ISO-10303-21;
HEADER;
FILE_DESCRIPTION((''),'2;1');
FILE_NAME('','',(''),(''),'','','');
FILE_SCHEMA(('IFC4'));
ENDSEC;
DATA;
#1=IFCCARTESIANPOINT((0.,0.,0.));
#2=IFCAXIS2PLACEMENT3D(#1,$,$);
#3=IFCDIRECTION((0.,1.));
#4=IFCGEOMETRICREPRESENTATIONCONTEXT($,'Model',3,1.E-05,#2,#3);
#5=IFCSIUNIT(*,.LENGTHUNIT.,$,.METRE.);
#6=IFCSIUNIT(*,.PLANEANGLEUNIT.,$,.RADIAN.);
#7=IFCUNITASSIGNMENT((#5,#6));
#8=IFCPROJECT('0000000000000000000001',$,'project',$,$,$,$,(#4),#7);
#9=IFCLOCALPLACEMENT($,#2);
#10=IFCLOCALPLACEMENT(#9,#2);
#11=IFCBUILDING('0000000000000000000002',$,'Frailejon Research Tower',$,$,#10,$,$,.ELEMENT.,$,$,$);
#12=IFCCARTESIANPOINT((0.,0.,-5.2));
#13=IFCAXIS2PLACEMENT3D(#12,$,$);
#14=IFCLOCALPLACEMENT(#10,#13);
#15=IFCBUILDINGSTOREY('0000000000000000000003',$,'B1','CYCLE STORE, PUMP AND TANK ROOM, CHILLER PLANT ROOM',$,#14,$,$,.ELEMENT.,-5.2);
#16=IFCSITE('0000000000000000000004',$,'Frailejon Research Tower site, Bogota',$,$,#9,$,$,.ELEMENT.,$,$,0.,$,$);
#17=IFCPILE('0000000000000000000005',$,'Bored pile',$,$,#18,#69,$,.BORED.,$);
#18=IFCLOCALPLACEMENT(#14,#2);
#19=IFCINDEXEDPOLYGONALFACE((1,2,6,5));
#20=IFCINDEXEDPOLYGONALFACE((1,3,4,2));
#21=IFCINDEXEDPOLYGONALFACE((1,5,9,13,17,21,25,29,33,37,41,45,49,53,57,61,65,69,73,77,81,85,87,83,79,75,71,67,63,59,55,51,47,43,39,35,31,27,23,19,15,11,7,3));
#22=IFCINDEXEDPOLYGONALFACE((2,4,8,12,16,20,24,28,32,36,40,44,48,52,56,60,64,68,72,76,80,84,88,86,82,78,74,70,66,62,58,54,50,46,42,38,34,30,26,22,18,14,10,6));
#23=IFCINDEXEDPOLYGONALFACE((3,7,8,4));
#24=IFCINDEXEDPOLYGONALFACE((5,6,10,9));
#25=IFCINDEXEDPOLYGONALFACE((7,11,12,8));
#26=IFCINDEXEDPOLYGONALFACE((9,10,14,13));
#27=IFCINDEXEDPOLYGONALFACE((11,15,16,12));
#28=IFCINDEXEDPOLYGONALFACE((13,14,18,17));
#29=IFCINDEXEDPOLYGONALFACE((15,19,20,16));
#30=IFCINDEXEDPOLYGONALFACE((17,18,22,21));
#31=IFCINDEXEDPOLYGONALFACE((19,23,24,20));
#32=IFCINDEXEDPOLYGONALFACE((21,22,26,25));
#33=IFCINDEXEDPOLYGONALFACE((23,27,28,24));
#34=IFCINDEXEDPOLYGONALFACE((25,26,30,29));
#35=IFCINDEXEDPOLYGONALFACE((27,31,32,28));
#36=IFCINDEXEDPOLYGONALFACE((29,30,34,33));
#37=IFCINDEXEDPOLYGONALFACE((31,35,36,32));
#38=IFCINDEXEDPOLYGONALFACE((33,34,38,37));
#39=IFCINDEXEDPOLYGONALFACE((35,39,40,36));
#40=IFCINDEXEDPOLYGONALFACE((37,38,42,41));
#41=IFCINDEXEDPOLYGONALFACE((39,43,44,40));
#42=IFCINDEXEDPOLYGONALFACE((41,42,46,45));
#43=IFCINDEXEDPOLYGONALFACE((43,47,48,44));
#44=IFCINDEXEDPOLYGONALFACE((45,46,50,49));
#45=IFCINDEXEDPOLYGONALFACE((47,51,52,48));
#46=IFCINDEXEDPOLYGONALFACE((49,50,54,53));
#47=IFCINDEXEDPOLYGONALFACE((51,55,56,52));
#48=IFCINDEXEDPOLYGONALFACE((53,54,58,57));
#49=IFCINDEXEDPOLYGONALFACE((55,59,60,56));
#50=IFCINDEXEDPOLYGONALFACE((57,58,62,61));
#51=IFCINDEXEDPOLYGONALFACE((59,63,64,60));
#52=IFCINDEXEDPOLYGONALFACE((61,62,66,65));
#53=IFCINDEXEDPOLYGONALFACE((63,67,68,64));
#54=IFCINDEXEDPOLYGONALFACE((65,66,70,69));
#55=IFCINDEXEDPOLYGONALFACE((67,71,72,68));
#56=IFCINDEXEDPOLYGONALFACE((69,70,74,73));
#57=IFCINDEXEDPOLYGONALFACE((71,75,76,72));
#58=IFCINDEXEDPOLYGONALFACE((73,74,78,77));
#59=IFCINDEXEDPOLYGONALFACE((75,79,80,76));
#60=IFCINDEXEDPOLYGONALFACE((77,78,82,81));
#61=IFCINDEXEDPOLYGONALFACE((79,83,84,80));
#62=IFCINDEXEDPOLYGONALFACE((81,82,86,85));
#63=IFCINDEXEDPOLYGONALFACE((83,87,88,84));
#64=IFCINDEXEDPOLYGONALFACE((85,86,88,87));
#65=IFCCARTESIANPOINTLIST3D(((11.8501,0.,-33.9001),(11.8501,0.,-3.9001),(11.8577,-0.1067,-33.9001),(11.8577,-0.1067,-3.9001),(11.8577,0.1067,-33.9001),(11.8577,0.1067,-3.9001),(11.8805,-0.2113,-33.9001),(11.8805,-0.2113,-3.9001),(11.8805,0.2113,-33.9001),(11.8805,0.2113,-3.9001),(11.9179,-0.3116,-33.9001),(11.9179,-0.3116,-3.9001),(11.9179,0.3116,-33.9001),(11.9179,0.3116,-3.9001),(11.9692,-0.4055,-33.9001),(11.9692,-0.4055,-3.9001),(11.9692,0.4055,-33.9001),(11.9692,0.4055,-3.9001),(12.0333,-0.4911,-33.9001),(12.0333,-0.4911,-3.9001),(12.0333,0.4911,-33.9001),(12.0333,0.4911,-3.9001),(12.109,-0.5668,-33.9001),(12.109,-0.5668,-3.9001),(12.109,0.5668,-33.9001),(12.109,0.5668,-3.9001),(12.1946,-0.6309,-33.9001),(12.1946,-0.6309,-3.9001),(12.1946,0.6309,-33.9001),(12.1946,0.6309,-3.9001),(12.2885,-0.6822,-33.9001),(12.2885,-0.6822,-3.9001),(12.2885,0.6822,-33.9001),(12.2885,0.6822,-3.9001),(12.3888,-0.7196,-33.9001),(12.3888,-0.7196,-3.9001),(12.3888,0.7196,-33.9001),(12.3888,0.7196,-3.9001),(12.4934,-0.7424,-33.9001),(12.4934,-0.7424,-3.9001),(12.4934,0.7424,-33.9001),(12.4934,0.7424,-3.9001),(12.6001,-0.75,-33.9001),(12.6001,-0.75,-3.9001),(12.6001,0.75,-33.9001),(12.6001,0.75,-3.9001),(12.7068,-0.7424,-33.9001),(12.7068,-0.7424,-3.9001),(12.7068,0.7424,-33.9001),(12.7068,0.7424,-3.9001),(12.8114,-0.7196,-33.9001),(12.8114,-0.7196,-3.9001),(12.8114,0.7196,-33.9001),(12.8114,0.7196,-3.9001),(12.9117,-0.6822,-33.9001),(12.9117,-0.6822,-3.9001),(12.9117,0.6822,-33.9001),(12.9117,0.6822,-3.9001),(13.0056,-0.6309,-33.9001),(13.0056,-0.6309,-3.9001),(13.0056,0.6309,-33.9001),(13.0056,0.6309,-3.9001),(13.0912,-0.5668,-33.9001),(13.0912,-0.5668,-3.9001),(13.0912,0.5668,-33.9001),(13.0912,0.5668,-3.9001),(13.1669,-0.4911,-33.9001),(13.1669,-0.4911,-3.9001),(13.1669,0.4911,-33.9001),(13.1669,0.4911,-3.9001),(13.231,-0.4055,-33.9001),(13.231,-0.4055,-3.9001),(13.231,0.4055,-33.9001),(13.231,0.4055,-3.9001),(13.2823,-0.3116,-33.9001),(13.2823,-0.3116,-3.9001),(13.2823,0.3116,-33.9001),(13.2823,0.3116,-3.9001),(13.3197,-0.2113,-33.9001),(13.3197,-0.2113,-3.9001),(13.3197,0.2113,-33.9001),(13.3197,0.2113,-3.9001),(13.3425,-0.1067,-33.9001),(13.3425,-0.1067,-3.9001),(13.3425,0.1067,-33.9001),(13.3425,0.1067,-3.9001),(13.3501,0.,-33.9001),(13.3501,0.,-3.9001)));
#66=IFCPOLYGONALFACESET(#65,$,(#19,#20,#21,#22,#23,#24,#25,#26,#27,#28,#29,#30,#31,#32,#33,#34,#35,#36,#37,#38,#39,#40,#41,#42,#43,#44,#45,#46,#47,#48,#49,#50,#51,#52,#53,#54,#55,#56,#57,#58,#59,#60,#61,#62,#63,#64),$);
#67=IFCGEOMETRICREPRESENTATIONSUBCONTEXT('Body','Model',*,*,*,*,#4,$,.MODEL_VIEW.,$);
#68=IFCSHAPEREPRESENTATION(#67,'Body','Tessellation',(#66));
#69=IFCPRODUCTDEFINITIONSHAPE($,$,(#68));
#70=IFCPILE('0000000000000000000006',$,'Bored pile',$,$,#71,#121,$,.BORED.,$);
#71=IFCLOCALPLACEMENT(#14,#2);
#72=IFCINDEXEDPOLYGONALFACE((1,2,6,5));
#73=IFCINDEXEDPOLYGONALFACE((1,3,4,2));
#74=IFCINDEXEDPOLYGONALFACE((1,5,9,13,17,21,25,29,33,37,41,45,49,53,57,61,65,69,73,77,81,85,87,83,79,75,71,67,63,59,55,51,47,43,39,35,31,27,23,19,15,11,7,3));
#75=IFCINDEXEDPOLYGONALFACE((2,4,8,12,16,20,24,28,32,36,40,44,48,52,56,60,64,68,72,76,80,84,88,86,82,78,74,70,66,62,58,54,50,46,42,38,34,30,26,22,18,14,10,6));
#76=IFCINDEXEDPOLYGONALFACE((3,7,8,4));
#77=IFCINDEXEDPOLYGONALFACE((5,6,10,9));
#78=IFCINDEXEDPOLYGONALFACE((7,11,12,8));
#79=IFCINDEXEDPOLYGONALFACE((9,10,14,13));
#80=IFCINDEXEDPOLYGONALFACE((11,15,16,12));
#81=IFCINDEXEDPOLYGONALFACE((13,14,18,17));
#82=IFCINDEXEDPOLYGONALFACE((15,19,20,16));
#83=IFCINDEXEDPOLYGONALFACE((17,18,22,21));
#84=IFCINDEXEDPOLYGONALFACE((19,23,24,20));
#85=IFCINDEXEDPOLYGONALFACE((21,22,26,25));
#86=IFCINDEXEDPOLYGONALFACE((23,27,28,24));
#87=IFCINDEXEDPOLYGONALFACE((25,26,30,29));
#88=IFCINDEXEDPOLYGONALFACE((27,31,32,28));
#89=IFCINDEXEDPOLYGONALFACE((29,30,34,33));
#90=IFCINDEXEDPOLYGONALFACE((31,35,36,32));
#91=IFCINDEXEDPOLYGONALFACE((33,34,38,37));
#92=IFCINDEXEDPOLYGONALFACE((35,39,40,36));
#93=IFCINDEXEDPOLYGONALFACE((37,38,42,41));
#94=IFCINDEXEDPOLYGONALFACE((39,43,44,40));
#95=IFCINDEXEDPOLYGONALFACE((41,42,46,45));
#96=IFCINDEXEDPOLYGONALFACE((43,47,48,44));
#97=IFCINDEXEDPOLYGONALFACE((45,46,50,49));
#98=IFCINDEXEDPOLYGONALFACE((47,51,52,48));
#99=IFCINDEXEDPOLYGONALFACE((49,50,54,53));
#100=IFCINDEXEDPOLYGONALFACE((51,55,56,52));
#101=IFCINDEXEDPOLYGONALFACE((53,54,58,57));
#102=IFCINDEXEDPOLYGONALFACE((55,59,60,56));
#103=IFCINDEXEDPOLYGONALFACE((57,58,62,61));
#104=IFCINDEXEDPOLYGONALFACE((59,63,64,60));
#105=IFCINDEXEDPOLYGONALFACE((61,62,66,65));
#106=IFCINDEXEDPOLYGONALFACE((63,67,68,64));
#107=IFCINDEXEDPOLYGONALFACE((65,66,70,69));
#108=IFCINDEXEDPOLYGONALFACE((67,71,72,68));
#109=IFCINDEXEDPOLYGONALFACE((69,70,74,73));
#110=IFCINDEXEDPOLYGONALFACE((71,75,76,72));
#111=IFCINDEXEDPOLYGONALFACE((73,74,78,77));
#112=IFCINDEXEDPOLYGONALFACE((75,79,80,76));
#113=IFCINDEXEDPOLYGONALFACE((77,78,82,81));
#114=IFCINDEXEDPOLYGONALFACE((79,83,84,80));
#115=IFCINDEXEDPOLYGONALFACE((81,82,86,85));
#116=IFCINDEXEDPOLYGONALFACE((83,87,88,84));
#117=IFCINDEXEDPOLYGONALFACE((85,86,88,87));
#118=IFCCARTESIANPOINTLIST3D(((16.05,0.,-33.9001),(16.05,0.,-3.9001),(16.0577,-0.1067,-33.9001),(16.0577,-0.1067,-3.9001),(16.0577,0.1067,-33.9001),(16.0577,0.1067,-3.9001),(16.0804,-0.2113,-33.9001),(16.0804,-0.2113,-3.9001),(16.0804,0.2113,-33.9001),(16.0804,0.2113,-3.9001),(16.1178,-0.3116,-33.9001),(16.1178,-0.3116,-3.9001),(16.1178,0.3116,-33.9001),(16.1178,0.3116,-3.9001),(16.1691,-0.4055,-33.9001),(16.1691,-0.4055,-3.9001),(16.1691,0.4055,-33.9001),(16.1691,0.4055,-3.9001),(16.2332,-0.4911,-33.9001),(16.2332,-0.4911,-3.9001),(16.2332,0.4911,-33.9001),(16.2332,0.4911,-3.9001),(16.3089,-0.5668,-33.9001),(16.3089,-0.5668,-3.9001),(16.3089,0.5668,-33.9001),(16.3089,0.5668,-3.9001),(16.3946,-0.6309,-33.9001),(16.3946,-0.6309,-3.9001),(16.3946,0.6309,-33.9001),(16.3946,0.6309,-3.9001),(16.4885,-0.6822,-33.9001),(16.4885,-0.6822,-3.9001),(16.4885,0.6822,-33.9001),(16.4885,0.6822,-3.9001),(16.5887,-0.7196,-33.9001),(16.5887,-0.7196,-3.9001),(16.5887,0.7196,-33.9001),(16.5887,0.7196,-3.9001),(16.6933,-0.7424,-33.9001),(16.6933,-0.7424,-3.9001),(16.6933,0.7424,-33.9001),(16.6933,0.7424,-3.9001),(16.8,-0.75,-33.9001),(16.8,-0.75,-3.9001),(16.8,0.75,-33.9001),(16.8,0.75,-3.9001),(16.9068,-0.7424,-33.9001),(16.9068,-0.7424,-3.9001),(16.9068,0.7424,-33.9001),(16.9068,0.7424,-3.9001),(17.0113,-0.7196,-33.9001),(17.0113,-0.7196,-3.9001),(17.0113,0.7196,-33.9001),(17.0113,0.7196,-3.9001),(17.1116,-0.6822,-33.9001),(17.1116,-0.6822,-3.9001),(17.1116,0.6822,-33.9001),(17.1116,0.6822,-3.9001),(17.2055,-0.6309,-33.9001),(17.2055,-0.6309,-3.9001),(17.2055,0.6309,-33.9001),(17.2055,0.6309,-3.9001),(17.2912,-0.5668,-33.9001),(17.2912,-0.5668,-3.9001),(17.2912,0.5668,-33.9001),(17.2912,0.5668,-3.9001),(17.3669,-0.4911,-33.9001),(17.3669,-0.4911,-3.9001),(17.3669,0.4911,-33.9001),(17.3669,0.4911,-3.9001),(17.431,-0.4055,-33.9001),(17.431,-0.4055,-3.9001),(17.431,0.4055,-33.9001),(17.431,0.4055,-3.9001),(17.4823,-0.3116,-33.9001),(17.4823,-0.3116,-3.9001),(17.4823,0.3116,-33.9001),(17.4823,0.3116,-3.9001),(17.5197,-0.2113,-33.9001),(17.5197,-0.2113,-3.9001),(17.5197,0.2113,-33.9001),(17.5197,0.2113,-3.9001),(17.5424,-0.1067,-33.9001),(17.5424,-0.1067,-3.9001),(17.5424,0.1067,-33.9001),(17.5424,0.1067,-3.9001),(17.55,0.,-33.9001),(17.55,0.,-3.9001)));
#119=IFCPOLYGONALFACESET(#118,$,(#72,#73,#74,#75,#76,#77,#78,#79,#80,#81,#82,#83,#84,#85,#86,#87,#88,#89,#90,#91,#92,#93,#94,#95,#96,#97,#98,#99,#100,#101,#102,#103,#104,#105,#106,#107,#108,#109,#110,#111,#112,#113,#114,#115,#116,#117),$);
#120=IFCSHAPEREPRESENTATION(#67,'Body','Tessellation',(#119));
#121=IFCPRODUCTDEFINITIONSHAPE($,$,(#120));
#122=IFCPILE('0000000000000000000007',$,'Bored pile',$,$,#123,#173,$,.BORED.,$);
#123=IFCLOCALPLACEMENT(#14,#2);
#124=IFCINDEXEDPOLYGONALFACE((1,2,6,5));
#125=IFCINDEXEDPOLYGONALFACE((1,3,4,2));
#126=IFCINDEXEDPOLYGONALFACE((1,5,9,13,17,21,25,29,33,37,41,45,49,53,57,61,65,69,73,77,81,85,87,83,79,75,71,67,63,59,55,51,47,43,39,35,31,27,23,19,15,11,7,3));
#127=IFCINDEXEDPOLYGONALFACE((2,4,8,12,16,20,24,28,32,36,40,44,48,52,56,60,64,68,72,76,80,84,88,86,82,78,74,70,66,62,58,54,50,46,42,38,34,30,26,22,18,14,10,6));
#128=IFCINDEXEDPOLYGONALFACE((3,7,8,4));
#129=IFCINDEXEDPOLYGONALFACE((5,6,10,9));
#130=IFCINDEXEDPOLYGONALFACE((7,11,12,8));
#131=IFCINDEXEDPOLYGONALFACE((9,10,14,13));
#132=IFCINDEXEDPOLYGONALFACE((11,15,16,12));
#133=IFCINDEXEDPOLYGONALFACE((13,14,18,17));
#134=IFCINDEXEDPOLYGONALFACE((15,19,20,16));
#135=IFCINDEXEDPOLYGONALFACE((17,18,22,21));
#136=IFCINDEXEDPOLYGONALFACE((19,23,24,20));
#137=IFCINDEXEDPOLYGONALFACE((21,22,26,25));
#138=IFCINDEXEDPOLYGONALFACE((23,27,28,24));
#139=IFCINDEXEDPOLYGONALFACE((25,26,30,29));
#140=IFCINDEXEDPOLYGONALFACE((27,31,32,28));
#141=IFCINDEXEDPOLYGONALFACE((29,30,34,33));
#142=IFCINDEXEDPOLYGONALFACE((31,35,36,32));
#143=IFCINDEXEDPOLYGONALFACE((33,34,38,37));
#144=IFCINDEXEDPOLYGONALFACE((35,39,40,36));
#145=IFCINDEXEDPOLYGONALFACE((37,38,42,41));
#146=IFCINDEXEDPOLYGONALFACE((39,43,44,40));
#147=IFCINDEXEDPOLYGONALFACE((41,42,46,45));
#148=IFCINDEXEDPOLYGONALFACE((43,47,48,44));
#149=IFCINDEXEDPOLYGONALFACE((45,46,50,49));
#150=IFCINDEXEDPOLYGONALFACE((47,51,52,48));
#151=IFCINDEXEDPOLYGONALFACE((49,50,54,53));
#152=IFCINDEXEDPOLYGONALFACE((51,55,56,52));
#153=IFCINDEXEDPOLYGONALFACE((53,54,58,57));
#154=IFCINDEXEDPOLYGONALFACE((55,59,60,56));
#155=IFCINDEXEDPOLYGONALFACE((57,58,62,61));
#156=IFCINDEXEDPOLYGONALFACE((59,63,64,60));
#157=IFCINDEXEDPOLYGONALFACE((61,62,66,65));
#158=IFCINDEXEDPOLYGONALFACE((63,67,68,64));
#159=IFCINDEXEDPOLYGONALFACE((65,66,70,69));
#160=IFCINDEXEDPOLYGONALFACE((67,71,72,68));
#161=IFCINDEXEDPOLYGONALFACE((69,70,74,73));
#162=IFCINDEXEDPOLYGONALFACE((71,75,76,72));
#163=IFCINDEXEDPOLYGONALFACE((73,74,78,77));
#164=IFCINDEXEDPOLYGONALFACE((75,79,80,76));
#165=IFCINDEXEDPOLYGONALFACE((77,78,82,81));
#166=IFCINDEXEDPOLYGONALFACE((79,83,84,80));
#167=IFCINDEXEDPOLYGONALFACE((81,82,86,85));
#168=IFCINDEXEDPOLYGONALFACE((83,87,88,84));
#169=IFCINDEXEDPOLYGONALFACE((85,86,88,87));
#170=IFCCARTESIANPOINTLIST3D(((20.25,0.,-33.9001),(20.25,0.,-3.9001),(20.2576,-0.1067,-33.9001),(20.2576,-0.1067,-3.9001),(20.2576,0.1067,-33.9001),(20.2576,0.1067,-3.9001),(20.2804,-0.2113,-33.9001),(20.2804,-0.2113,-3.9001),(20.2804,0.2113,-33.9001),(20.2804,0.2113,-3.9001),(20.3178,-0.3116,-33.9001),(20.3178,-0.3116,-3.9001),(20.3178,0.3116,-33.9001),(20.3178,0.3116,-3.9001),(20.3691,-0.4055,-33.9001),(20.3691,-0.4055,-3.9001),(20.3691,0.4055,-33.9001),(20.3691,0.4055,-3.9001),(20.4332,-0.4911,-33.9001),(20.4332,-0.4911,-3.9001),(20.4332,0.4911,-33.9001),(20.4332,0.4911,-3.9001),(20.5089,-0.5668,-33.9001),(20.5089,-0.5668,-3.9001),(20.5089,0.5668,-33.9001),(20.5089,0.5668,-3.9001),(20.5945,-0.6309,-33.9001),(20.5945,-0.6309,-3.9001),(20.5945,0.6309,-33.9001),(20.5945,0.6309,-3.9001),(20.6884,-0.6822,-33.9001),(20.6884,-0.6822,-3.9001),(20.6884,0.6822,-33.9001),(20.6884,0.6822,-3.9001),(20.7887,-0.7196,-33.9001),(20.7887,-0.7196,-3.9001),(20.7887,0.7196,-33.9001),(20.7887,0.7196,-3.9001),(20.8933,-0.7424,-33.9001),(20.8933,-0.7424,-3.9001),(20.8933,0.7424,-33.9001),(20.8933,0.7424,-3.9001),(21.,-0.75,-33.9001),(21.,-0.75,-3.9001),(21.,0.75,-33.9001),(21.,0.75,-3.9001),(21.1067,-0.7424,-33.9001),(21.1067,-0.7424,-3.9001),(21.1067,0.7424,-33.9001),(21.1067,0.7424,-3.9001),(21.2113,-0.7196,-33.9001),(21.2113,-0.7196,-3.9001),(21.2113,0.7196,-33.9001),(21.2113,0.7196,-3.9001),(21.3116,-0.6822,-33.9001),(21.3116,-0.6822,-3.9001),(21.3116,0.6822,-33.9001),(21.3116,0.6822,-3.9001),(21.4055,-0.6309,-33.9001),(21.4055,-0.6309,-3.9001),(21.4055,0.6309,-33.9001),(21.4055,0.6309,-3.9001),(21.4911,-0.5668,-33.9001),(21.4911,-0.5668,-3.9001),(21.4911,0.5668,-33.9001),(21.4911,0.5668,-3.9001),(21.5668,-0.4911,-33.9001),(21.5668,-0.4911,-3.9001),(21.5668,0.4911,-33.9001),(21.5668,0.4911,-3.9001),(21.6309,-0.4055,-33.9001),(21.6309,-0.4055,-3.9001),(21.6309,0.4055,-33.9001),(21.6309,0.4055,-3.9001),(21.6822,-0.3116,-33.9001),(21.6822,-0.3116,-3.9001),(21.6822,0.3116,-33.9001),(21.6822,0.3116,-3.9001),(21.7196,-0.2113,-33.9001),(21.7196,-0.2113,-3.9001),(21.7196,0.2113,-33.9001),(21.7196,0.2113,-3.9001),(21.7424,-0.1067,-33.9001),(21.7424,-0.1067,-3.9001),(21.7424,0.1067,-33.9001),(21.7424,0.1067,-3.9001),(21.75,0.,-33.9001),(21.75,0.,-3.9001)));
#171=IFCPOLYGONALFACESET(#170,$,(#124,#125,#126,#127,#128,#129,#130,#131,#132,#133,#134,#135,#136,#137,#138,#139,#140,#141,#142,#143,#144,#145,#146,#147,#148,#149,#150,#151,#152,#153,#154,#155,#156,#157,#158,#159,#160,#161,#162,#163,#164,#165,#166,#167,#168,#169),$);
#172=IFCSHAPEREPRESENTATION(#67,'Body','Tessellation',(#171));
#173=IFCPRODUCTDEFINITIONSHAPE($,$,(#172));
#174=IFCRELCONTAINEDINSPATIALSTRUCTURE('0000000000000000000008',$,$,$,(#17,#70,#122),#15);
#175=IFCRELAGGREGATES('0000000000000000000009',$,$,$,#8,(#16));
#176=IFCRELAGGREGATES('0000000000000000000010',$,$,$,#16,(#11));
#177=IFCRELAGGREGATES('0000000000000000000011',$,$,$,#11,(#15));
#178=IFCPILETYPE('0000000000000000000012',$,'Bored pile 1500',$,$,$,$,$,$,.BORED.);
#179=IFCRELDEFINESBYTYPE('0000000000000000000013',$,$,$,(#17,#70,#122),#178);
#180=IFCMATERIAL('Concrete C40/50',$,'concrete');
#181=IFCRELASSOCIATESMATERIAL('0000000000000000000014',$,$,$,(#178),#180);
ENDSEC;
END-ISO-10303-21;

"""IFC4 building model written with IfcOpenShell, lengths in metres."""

from ifc_helpers import new_model, si_unit, direction, frame, origin, origin_2d, place, context, subcontext, project, spatial, circle, extrude, material, material_profile, profile_set, type_object, element, save


model = new_model("IFC4")

# Units and contexts
model_context = context("Model", 3, precision=1e-05, world=origin(), true_north=direction((0.0, 1.0)))
body_context = subcontext(model_context, "Body", "Model", "MODEL_VIEW")
ifc_project = project(units=[si_unit("LENGTHUNIT", "METRE"), si_unit("PLANEANGLEUNIT", "RADIAN")], contexts=[model_context])

# Site, building, storey
site_placement = place(None, origin())
site = spatial("IfcSite", under=ifc_project, at=site_placement, Name="Frailejon Research Tower site, Bogota", CompositionType="ELEMENT", RefElevation=0.0)
building_placement = place(site_placement, origin())
building = spatial("IfcBuilding", under=site, at=building_placement, Name="Frailejon Research Tower", CompositionType="ELEMENT")
storey_placement = place(building_placement, frame((0.0, 0.0, -5.2)))
storey = spatial("IfcBuildingStorey", under=building, at=storey_placement, Name="B1", Description="CYCLE STORE, PUMP AND TANK ROOM, CHILLER PLANT ROOM", CompositionType="ELEMENT", Elevation=-5.2)

# Piles
ifc_material_1 = material(Name="Concrete C40/50", Category="concrete")
ifc_material_profile_1 = material_profile(ifc_material_1, circle(Radius=0.75, at=origin_2d()), Name="Bored pile 1500")
ifc_profile_set_1 = profile_set([ifc_material_profile_1], Name="Concrete C40/50")
pile_type = type_object("IfcPileType", Name="Bored pile 1500", PredefinedType="BORED", material=ifc_profile_set_1)
for number, where, z_axis, x_axis, name in (
    (1, (12.6001, 0.0, -3.9001), (0.0, 0.0, -1.0), (1.0, 0.0, 0.0), "Bored pile"),
    (2, (16.8, 0.0, -3.9001), (0.0, 0.0, -1.0), (1.0, 0.0, 0.0), "Bored pile"),
    (3, (21.0, 0.0, -3.9001), (0.0, 0.0, -1.0), (1.0, 0.0, 0.0), "Bored pile"),
):
    element("IfcPile", number, at=place(storey_placement, frame(where, z_axis=z_axis, x_axis=x_axis)), inside=storey, type_object=pile_type, Name=name, PredefinedType="BORED", context=body_context, shape_type="SweptSolid", body=[
        extrude(circle(Radius=0.75, at=origin_2d()), origin(), (0.0, 0.0, 1.0), 30.0),
    ])

save(model, "model.ifc")
